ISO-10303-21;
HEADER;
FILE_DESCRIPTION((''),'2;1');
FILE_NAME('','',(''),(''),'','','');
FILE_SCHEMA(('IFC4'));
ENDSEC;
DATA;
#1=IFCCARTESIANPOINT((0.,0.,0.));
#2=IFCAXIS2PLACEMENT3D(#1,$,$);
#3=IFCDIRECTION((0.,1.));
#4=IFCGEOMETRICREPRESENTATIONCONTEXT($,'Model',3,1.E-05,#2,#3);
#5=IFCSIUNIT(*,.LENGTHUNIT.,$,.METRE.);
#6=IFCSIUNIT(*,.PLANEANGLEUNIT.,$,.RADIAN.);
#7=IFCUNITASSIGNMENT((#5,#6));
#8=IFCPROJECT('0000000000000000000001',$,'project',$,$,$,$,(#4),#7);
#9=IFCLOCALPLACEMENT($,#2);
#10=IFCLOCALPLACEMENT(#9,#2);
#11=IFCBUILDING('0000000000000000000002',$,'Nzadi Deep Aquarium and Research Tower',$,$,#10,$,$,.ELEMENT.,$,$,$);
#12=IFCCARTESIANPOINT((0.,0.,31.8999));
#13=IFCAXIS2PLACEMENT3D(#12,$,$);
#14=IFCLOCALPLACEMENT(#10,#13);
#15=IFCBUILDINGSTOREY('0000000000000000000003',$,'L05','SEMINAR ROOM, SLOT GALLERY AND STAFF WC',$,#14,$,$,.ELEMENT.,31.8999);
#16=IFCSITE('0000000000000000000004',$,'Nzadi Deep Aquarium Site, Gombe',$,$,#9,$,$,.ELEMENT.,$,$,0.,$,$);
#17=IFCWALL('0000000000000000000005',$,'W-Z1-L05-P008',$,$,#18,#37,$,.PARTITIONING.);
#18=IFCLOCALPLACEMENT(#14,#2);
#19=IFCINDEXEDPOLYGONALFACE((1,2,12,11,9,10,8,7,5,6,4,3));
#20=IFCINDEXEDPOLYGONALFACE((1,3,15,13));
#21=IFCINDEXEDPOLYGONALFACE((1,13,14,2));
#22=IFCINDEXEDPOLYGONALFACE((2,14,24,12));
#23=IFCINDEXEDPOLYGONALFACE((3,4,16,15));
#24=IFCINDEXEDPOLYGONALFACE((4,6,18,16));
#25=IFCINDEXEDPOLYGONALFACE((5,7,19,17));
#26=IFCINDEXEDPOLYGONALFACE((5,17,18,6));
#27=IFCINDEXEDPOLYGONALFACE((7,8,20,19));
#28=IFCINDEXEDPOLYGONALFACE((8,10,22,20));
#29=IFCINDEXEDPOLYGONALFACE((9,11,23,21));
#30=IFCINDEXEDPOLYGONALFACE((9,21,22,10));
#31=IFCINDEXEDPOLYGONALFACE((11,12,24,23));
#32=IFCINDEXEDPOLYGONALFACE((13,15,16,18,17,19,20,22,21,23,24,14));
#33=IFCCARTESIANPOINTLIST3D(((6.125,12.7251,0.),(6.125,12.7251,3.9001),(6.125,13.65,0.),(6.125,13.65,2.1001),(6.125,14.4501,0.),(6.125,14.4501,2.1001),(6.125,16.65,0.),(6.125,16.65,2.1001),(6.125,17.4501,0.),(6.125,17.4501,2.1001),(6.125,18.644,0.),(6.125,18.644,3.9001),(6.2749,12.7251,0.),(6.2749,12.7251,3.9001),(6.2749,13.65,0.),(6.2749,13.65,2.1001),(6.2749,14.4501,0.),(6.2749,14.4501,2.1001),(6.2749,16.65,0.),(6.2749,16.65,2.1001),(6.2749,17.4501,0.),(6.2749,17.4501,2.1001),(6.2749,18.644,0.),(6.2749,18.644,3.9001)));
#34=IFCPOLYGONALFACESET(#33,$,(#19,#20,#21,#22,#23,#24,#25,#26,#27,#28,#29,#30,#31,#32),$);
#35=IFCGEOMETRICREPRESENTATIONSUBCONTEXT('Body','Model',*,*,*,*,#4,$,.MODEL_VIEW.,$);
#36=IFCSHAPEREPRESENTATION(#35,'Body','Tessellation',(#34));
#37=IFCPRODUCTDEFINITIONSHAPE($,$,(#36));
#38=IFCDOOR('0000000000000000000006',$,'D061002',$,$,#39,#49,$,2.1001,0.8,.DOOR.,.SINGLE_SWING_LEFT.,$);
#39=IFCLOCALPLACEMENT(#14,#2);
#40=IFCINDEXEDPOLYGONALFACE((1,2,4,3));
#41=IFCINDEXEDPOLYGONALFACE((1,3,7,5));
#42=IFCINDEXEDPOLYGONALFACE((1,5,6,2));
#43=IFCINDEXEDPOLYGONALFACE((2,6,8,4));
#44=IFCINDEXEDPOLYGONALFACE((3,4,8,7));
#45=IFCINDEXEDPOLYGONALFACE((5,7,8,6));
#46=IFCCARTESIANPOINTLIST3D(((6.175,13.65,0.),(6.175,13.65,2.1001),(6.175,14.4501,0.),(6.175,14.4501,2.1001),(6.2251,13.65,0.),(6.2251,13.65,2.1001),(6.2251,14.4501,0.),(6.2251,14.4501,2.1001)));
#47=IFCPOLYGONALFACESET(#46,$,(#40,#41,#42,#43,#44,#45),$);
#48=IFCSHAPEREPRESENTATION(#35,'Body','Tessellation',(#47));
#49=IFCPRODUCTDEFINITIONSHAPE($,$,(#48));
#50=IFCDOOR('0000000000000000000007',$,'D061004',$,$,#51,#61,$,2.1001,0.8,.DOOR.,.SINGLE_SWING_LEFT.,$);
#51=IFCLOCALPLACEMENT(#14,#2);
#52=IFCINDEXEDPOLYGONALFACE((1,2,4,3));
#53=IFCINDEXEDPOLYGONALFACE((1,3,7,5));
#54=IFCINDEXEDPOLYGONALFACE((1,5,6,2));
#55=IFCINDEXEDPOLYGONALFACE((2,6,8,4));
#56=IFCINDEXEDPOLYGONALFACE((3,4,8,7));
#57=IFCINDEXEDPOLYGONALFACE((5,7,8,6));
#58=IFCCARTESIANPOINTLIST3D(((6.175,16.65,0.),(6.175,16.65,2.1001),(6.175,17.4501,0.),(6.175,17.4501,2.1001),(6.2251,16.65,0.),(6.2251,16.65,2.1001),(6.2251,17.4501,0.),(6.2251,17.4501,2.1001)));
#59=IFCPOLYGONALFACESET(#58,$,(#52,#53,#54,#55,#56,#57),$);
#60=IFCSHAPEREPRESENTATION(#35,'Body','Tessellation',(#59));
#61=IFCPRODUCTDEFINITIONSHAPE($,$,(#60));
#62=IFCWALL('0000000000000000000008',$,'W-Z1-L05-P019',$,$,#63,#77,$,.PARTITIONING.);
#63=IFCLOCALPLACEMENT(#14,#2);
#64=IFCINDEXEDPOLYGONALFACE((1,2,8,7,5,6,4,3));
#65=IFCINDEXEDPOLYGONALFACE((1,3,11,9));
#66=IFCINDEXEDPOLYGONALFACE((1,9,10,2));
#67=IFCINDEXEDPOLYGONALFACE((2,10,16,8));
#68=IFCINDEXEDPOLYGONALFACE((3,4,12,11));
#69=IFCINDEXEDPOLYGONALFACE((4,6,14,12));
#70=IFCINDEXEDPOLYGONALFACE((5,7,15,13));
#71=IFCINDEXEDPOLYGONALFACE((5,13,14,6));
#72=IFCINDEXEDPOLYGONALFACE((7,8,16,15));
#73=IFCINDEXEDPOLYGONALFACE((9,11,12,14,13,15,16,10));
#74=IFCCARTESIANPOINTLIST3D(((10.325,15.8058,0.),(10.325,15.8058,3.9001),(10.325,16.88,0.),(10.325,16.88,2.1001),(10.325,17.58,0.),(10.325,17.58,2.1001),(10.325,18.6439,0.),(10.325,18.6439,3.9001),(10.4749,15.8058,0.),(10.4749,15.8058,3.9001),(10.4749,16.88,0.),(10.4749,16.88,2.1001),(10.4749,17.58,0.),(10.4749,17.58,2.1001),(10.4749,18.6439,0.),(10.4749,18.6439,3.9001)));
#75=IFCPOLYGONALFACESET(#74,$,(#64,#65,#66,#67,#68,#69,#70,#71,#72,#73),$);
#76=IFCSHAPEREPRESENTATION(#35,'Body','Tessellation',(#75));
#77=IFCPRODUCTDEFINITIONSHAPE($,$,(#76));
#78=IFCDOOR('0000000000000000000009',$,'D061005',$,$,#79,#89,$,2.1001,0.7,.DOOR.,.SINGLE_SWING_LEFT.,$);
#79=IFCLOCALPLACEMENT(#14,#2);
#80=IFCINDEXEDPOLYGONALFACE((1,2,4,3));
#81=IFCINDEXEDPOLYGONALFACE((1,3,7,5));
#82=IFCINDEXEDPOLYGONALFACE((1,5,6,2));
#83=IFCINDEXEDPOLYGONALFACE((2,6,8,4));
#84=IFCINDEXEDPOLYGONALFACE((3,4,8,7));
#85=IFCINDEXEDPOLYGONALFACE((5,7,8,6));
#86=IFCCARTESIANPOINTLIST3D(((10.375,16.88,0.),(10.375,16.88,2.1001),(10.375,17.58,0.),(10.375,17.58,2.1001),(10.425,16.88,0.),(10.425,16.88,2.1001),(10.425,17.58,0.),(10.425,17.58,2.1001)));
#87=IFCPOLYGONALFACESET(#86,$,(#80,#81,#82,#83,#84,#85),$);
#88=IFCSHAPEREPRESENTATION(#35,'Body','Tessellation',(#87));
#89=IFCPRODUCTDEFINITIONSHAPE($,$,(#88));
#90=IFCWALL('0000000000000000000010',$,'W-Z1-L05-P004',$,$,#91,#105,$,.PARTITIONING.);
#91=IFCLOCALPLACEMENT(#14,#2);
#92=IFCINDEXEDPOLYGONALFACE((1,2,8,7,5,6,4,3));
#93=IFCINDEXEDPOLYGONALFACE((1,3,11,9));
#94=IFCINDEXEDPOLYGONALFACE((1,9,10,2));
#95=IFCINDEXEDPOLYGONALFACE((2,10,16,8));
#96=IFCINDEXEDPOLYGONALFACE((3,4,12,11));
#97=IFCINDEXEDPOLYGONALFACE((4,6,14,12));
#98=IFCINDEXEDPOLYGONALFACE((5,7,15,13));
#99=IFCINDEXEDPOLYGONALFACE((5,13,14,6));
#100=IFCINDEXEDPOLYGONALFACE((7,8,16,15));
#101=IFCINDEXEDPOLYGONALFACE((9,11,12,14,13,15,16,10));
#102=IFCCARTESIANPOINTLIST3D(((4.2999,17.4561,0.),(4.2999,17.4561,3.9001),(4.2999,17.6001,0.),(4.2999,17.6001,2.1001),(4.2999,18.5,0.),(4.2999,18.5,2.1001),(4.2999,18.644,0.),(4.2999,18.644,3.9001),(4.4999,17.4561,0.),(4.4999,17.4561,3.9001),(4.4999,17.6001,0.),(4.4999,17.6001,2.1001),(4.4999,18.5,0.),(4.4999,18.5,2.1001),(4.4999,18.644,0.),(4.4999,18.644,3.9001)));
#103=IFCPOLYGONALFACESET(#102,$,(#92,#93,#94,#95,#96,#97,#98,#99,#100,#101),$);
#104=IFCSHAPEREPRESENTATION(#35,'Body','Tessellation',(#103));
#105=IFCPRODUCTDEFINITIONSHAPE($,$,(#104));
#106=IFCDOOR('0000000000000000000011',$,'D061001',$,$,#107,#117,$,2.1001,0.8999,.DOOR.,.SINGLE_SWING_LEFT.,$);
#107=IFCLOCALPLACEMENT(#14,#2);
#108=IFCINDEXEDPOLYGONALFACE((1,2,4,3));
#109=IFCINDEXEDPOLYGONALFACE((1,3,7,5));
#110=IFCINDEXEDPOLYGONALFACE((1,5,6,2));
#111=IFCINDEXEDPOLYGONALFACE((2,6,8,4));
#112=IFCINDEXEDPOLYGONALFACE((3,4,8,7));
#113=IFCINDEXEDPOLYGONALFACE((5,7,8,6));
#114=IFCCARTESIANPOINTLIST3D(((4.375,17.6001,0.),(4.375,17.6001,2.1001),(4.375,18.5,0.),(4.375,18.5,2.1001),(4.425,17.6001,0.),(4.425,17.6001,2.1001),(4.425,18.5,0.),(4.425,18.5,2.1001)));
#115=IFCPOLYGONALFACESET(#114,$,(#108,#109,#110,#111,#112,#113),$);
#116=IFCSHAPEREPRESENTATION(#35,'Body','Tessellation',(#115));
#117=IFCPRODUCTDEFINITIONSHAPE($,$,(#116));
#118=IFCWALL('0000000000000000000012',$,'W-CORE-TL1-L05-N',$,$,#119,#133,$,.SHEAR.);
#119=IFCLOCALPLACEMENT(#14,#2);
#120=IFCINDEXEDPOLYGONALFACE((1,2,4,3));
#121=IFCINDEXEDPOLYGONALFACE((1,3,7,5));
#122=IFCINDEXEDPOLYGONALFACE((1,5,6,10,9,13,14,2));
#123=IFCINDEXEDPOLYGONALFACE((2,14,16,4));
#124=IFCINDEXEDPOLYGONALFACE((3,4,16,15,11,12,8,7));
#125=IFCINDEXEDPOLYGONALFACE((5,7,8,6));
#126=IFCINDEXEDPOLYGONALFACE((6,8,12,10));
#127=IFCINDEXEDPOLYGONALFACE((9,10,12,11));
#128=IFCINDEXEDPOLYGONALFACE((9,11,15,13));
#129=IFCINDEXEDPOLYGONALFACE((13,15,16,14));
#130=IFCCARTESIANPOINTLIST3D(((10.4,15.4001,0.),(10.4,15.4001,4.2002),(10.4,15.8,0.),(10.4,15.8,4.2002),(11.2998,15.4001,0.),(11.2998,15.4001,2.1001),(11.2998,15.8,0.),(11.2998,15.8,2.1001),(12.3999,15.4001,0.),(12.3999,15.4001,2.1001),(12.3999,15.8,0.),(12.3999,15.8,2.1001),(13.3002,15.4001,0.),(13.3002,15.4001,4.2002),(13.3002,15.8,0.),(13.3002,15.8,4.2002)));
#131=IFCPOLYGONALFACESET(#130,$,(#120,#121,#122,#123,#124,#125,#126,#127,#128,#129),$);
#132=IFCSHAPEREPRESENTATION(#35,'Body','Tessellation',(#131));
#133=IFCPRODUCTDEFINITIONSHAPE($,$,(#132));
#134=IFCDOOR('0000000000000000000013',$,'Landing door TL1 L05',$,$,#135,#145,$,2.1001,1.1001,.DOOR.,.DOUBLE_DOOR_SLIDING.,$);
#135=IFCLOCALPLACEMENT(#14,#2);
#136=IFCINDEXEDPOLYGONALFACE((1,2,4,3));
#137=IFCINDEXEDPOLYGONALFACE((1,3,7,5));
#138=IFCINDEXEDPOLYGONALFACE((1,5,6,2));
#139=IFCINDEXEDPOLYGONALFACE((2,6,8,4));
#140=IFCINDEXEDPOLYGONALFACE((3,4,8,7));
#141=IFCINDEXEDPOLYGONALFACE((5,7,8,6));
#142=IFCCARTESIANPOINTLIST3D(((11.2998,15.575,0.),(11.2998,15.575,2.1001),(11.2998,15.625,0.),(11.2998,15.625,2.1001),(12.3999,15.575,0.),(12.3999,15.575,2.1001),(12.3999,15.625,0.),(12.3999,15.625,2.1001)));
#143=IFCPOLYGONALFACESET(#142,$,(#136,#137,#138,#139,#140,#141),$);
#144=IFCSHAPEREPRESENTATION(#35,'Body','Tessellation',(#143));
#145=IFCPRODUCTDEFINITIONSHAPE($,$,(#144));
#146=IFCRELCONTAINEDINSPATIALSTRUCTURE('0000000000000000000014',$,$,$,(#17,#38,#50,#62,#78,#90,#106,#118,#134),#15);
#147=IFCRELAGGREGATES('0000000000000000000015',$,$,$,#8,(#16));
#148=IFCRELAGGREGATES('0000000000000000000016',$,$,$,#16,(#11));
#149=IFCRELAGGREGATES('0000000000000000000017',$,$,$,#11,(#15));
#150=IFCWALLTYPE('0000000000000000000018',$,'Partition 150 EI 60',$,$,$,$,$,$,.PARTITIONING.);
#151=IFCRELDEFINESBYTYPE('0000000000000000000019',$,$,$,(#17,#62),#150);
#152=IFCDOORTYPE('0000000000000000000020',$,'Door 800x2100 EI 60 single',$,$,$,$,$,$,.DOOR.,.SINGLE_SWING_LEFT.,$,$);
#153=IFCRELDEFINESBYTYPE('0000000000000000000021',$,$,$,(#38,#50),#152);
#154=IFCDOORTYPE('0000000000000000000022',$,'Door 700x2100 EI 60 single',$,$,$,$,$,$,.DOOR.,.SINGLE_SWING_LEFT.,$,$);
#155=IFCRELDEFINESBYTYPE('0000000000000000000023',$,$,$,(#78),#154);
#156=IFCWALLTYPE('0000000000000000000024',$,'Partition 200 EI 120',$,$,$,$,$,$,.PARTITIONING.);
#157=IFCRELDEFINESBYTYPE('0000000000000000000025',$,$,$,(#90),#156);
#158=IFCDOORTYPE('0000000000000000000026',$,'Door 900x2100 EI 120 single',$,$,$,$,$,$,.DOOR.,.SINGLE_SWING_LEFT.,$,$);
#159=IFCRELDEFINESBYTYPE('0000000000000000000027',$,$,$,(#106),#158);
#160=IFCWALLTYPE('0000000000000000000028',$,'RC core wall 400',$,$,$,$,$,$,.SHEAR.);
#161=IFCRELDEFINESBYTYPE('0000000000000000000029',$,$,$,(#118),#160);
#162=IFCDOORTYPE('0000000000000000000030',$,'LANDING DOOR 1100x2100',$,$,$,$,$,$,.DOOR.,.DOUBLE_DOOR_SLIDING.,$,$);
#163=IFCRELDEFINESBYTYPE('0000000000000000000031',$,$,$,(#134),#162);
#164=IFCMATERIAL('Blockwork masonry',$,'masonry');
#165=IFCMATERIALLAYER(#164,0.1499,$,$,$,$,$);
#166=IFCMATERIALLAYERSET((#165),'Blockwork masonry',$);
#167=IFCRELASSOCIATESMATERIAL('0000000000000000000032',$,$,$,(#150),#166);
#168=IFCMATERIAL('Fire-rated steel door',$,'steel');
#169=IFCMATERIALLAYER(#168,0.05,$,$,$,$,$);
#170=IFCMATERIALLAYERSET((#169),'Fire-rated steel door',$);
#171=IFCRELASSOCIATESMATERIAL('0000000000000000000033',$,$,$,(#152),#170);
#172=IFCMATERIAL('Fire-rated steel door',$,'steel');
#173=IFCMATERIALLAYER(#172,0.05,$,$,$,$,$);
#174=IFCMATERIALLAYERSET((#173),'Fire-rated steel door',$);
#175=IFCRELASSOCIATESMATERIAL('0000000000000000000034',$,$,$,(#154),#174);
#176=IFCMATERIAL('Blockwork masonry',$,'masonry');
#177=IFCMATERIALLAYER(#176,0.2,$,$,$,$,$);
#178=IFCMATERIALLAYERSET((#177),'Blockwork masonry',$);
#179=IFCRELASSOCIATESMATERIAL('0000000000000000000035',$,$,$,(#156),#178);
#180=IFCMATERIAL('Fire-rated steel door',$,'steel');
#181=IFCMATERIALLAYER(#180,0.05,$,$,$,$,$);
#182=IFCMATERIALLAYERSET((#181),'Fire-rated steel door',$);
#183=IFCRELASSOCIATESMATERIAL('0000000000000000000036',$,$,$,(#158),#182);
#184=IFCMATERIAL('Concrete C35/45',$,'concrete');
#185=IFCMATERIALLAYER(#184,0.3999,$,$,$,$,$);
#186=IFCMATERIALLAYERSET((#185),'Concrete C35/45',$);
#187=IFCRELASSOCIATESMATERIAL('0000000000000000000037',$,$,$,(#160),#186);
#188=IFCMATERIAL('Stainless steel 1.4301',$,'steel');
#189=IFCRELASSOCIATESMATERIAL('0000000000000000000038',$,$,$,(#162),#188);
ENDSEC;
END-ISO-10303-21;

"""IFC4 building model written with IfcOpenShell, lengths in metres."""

from ifc_helpers import new_model, si_unit, direction, frame, frame_2d, origin, place, context, subcontext, project, spatial, rectangle, extrude, material, layer, layer_set, type_object, element, fill, save


model = new_model("IFC4")

# Units and contexts
model_context = context("Model", 3, precision=1e-05, world=origin(), true_north=direction((0.0, 1.0)))
body_context = subcontext(model_context, "Body", "Model", "MODEL_VIEW")
ifc_project = project(units=[si_unit("LENGTHUNIT", "METRE"), si_unit("PLANEANGLEUNIT", "RADIAN")], contexts=[model_context])

# Site, building, storey
site_placement = place(None, origin())
site = spatial("IfcSite", under=ifc_project, at=site_placement, Name="Nzadi Deep Aquarium Site, Gombe", CompositionType="ELEMENT", RefElevation=0.0)
building_placement = place(site_placement, origin())
building = spatial("IfcBuilding", under=site, at=building_placement, Name="Nzadi Deep Aquarium and Research Tower", CompositionType="ELEMENT")
storey_placement = place(building_placement, frame((0.0, 0.0, 31.8999)))
storey = spatial("IfcBuildingStorey", under=building, at=storey_placement, Name="L05", Description="SEMINAR ROOM, SLOT GALLERY AND STAFF WC", CompositionType="ELEMENT", Elevation=31.8999)

# Wall, openings, doors
ifc_material_1 = material(Name="Blockwork masonry", Category="masonry")
ifc_layer_1 = layer(ifc_material_1, 0.1499)
ifc_layer_set_1 = layer_set([ifc_layer_1], Name="Blockwork masonry")
wall_type_1 = type_object("IfcWallType", Name="Partition 150 EI 60", PredefinedType="PARTITIONING", material=ifc_layer_set_1)
wall_1_placement = place(storey_placement, frame((6.2, 12.7251, 0.0), z_axis=(0.0, 0.0, 1.0), x_axis=(0.0, 1.0, 0.0)))
wall_1 = element("IfcWall", 1, at=wall_1_placement, inside=storey, type_object=wall_type_1, Name="W-Z1-L05-P008", PredefinedType="PARTITIONING", context=body_context, shape_type="SweptSolid", body=[
    extrude(rectangle(XDim=5.9189, YDim=0.1499, at=frame_2d((2.9595, 0.0))), origin(), (0.0, 0.0, 1.0), 3.9001),
])
opening_1_placement = place(wall_1_placement, frame((0.925, 0.0, 0.0)))
opening_1 = element("IfcOpeningElement", 2, at=opening_1_placement, cuts=wall_1, PredefinedType="OPENING", context=body_context, shape_type="SweptSolid", body=[
    extrude(rectangle(XDim=0.8, YDim=2.1001, at=frame_2d((0.3999, 1.05))), frame((0.0, 0.085, 0.0), z_axis=(0.0, -1.0, 0.0), x_axis=(1.0, 0.0, 0.0)), (0.0, 0.0, 1.0), 0.1699),
])
opening_2_placement = place(wall_1_placement, frame((3.925, 0.0, 0.0)))
opening_2 = element("IfcOpeningElement", 3, at=opening_2_placement, cuts=wall_1, PredefinedType="OPENING", context=body_context, shape_type="SweptSolid", body=[
    extrude(rectangle(XDim=0.8, YDim=2.1001, at=frame_2d((0.3999, 1.05))), frame((0.0, 0.085, 0.0), z_axis=(0.0, -1.0, 0.0), x_axis=(1.0, 0.0, 0.0)), (0.0, 0.0, 1.0), 0.1699),
])
ifc_material_2 = material(Name="Fire-rated steel door", Category="steel")
ifc_layer_2 = layer(ifc_material_2, 0.05)
ifc_layer_set_2 = layer_set([ifc_layer_2], Name="Fire-rated steel door")
door_type_1 = type_object("IfcDoorType", Name="Door 800x2100 EI 60 single", OperationType="SINGLE_SWING_LEFT", PredefinedType="DOOR", material=ifc_layer_set_2)
door_1_placement = place(opening_1_placement, origin())
door_1 = element("IfcDoor", 4, at=door_1_placement, inside=storey, type_object=door_type_1, Name="D061002", OperationType="SINGLE_SWING_LEFT", OverallHeight=2.1001, OverallWidth=0.8, PredefinedType="DOOR", context=body_context, shape_type="SweptSolid", body=[
    extrude(rectangle(XDim=0.8, YDim=2.1001, at=frame_2d((0.3999, 1.05))), frame((0.0, 0.0249, 0.0), z_axis=(0.0, -1.0, 0.0), x_axis=(1.0, 0.0, 0.0)), (0.0, 0.0, 1.0), 0.05),
])
fill(opening_1, door_1)
door_2_placement = place(opening_2_placement, origin())
door_2 = element("IfcDoor", 5, at=door_2_placement, inside=storey, type_object=door_type_1, Name="D061004", OperationType="SINGLE_SWING_LEFT", OverallHeight=2.1001, OverallWidth=0.8, PredefinedType="DOOR", context=body_context, shape_type="SweptSolid", body=[
    extrude(rectangle(XDim=0.8, YDim=2.1001, at=frame_2d((0.3999, 1.05))), frame((0.0, 0.0249, 0.0), z_axis=(0.0, -1.0, 0.0), x_axis=(1.0, 0.0, 0.0)), (0.0, 0.0, 1.0), 0.05),
])
fill(opening_2, door_2)

# Walls, openings, doors
wall_2_placement = place(storey_placement, frame((10.3999, 15.8059, 0.0), z_axis=(0.0, 0.0, 1.0), x_axis=(0.0, 1.0, 0.0)))
wall_2 = element("IfcWall", 6, at=wall_2_placement, inside=storey, type_object=wall_type_1, Name="W-Z1-L05-P019", PredefinedType="PARTITIONING", context=body_context, shape_type="SweptSolid", body=[
    extrude(rectangle(XDim=2.8381, YDim=0.1499, at=frame_2d((1.4189, 0.0))), origin(), (0.0, 0.0, 1.0), 3.9001),
])
opening_3_placement = place(wall_2_placement, frame((1.074, 0.0, 0.0)))
opening_3 = element("IfcOpeningElement", 7, at=opening_3_placement, cuts=wall_2, PredefinedType="OPENING", context=body_context, shape_type="SweptSolid", body=[
    extrude(rectangle(XDim=0.7, YDim=2.1001, at=frame_2d((0.3501, 1.05))), frame((0.0, 0.085, 0.0), z_axis=(0.0, -1.0, 0.0), x_axis=(1.0, 0.0, 0.0)), (0.0, 0.0, 1.0), 0.1699),
])
ifc_material_3 = material(Name="Fire-rated steel door", Category="steel")
ifc_layer_3 = layer(ifc_material_3, 0.05)
ifc_layer_set_3 = layer_set([ifc_layer_3], Name="Fire-rated steel door")
door_type_2 = type_object("IfcDoorType", Name="Door 700x2100 EI 60 single", OperationType="SINGLE_SWING_LEFT", PredefinedType="DOOR", material=ifc_layer_set_3)
door_3_placement = place(opening_3_placement, origin())
door_3 = element("IfcDoor", 8, at=door_3_placement, inside=storey, type_object=door_type_2, Name="D061005", OperationType="SINGLE_SWING_LEFT", OverallHeight=2.1001, OverallWidth=0.7, PredefinedType="DOOR", context=body_context, shape_type="SweptSolid", body=[
    extrude(rectangle(XDim=0.7, YDim=2.1001, at=frame_2d((0.3501, 1.05))), frame((0.0, 0.0249, 0.0), z_axis=(0.0, -1.0, 0.0), x_axis=(1.0, 0.0, 0.0)), (0.0, 0.0, 1.0), 0.05),
])
fill(opening_3, door_3)
ifc_material_4 = material(Name="Blockwork masonry", Category="masonry")
ifc_layer_4 = layer(ifc_material_4, 0.2)
ifc_layer_set_4 = layer_set([ifc_layer_4], Name="Blockwork masonry")
wall_type_2 = type_object("IfcWallType", Name="Partition 200 EI 120", PredefinedType="PARTITIONING", material=ifc_layer_set_4)
wall_3_placement = place(storey_placement, frame((4.3999, 17.4561, 0.0), z_axis=(0.0, 0.0, 1.0), x_axis=(0.0, 1.0, 0.0)))
wall_3 = element("IfcWall", 9, at=wall_3_placement, inside=storey, type_object=wall_type_2, Name="W-Z1-L05-P004", PredefinedType="PARTITIONING", context=body_context, shape_type="SweptSolid", body=[
    extrude(rectangle(XDim=1.188, YDim=0.2, at=frame_2d((0.594, 0.0))), origin(), (0.0, 0.0, 1.0), 3.9001),
])
opening_4_placement = place(wall_3_placement, frame((0.144, 0.0, 0.0)))
opening_4 = element("IfcOpeningElement", 10, at=opening_4_placement, cuts=wall_3, PredefinedType="OPENING", context=body_context, shape_type="SweptSolid", body=[
    extrude(rectangle(XDim=0.8999, YDim=2.1001, at=frame_2d((0.45, 1.05))), frame((0.0, 0.1101, 0.0), z_axis=(0.0, -1.0, 0.0), x_axis=(1.0, 0.0, 0.0)), (0.0, 0.0, 1.0), 0.2202),
])
ifc_material_5 = material(Name="Fire-rated steel door", Category="steel")
ifc_layer_5 = layer(ifc_material_5, 0.05)
ifc_layer_set_5 = layer_set([ifc_layer_5], Name="Fire-rated steel door")
door_type_3 = type_object("IfcDoorType", Name="Door 900x2100 EI 120 single", OperationType="SINGLE_SWING_LEFT", PredefinedType="DOOR", material=ifc_layer_set_5)
door_4_placement = place(opening_4_placement, origin())
door_4 = element("IfcDoor", 11, at=door_4_placement, inside=storey, type_object=door_type_3, Name="D061001", OperationType="SINGLE_SWING_LEFT", OverallHeight=2.1001, OverallWidth=0.8999, PredefinedType="DOOR", context=body_context, shape_type="SweptSolid", body=[
    extrude(rectangle(XDim=0.8999, YDim=2.1001, at=frame_2d((0.45, 1.05))), frame((0.0, 0.0249, 0.0), z_axis=(0.0, -1.0, 0.0), x_axis=(1.0, 0.0, 0.0)), (0.0, 0.0, 1.0), 0.05),
])
fill(opening_4, door_4)
ifc_material_6 = material(Name="Concrete C35/45", Category="concrete")
ifc_layer_6 = layer(ifc_material_6, 0.3999)
ifc_layer_set_6 = layer_set([ifc_layer_6], Name="Concrete C35/45")
wall_type_3 = type_object("IfcWallType", Name="RC core wall 400", PredefinedType="SHEAR", material=ifc_layer_set_6)
wall_4_placement = place(storey_placement, frame((10.3999, 15.6001, 0.0), z_axis=(0.0, 0.0, 1.0), x_axis=(1.0, 0.0, 0.0)))
wall_4 = element("IfcWall", 12, at=wall_4_placement, inside=storey, type_object=wall_type_3, Name="W-CORE-TL1-L05-N", PredefinedType="SHEAR", context=body_context, shape_type="SweptSolid", body=[
    extrude(rectangle(XDim=2.9001, YDim=0.3999, at=frame_2d((1.4502, 0.0))), origin(), (0.0, 0.0, 1.0), 4.2002),
])
opening_5_placement = place(wall_4_placement, frame((0.8999, 0.0, 0.0)))
opening_5 = element("IfcOpeningElement", 13, at=opening_5_placement, cuts=wall_4, PredefinedType="OPENING", context=body_context, shape_type="SweptSolid", body=[
    extrude(rectangle(XDim=1.1001, YDim=2.1001, at=frame_2d((0.55, 1.05))), frame((0.0, 0.21, 0.0), z_axis=(0.0, -1.0, 0.0), x_axis=(1.0, 0.0, 0.0)), (0.0, 0.0, 1.0), 0.4199),
])
ifc_material_7 = material(Name="Stainless steel 1.4301", Category="steel")
door_type_4 = type_object("IfcDoorType", Name="LANDING DOOR 1100x2100", OperationType="DOUBLE_DOOR_SLIDING", PredefinedType="DOOR", material=ifc_material_7)
door_5_placement = place(opening_5_placement, origin())
door_5 = element("IfcDoor", 14, at=door_5_placement, inside=storey, type_object=door_type_4, Name="Landing door TL1 L05", OperationType="DOUBLE_DOOR_SLIDING", OverallHeight=2.1001, OverallWidth=1.1001, PredefinedType="DOOR", context=body_context, shape_type="SweptSolid", body=[
    extrude(rectangle(XDim=1.1001, YDim=2.1001, at=frame_2d((0.55, 1.05))), frame((0.0, 0.0249, 0.0), z_axis=(0.0, -1.0, 0.0), x_axis=(1.0, 0.0, 0.0)), (0.0, 0.0, 1.0), 0.05),
])
fill(opening_5, door_5)

save(model, "model.ifc")
